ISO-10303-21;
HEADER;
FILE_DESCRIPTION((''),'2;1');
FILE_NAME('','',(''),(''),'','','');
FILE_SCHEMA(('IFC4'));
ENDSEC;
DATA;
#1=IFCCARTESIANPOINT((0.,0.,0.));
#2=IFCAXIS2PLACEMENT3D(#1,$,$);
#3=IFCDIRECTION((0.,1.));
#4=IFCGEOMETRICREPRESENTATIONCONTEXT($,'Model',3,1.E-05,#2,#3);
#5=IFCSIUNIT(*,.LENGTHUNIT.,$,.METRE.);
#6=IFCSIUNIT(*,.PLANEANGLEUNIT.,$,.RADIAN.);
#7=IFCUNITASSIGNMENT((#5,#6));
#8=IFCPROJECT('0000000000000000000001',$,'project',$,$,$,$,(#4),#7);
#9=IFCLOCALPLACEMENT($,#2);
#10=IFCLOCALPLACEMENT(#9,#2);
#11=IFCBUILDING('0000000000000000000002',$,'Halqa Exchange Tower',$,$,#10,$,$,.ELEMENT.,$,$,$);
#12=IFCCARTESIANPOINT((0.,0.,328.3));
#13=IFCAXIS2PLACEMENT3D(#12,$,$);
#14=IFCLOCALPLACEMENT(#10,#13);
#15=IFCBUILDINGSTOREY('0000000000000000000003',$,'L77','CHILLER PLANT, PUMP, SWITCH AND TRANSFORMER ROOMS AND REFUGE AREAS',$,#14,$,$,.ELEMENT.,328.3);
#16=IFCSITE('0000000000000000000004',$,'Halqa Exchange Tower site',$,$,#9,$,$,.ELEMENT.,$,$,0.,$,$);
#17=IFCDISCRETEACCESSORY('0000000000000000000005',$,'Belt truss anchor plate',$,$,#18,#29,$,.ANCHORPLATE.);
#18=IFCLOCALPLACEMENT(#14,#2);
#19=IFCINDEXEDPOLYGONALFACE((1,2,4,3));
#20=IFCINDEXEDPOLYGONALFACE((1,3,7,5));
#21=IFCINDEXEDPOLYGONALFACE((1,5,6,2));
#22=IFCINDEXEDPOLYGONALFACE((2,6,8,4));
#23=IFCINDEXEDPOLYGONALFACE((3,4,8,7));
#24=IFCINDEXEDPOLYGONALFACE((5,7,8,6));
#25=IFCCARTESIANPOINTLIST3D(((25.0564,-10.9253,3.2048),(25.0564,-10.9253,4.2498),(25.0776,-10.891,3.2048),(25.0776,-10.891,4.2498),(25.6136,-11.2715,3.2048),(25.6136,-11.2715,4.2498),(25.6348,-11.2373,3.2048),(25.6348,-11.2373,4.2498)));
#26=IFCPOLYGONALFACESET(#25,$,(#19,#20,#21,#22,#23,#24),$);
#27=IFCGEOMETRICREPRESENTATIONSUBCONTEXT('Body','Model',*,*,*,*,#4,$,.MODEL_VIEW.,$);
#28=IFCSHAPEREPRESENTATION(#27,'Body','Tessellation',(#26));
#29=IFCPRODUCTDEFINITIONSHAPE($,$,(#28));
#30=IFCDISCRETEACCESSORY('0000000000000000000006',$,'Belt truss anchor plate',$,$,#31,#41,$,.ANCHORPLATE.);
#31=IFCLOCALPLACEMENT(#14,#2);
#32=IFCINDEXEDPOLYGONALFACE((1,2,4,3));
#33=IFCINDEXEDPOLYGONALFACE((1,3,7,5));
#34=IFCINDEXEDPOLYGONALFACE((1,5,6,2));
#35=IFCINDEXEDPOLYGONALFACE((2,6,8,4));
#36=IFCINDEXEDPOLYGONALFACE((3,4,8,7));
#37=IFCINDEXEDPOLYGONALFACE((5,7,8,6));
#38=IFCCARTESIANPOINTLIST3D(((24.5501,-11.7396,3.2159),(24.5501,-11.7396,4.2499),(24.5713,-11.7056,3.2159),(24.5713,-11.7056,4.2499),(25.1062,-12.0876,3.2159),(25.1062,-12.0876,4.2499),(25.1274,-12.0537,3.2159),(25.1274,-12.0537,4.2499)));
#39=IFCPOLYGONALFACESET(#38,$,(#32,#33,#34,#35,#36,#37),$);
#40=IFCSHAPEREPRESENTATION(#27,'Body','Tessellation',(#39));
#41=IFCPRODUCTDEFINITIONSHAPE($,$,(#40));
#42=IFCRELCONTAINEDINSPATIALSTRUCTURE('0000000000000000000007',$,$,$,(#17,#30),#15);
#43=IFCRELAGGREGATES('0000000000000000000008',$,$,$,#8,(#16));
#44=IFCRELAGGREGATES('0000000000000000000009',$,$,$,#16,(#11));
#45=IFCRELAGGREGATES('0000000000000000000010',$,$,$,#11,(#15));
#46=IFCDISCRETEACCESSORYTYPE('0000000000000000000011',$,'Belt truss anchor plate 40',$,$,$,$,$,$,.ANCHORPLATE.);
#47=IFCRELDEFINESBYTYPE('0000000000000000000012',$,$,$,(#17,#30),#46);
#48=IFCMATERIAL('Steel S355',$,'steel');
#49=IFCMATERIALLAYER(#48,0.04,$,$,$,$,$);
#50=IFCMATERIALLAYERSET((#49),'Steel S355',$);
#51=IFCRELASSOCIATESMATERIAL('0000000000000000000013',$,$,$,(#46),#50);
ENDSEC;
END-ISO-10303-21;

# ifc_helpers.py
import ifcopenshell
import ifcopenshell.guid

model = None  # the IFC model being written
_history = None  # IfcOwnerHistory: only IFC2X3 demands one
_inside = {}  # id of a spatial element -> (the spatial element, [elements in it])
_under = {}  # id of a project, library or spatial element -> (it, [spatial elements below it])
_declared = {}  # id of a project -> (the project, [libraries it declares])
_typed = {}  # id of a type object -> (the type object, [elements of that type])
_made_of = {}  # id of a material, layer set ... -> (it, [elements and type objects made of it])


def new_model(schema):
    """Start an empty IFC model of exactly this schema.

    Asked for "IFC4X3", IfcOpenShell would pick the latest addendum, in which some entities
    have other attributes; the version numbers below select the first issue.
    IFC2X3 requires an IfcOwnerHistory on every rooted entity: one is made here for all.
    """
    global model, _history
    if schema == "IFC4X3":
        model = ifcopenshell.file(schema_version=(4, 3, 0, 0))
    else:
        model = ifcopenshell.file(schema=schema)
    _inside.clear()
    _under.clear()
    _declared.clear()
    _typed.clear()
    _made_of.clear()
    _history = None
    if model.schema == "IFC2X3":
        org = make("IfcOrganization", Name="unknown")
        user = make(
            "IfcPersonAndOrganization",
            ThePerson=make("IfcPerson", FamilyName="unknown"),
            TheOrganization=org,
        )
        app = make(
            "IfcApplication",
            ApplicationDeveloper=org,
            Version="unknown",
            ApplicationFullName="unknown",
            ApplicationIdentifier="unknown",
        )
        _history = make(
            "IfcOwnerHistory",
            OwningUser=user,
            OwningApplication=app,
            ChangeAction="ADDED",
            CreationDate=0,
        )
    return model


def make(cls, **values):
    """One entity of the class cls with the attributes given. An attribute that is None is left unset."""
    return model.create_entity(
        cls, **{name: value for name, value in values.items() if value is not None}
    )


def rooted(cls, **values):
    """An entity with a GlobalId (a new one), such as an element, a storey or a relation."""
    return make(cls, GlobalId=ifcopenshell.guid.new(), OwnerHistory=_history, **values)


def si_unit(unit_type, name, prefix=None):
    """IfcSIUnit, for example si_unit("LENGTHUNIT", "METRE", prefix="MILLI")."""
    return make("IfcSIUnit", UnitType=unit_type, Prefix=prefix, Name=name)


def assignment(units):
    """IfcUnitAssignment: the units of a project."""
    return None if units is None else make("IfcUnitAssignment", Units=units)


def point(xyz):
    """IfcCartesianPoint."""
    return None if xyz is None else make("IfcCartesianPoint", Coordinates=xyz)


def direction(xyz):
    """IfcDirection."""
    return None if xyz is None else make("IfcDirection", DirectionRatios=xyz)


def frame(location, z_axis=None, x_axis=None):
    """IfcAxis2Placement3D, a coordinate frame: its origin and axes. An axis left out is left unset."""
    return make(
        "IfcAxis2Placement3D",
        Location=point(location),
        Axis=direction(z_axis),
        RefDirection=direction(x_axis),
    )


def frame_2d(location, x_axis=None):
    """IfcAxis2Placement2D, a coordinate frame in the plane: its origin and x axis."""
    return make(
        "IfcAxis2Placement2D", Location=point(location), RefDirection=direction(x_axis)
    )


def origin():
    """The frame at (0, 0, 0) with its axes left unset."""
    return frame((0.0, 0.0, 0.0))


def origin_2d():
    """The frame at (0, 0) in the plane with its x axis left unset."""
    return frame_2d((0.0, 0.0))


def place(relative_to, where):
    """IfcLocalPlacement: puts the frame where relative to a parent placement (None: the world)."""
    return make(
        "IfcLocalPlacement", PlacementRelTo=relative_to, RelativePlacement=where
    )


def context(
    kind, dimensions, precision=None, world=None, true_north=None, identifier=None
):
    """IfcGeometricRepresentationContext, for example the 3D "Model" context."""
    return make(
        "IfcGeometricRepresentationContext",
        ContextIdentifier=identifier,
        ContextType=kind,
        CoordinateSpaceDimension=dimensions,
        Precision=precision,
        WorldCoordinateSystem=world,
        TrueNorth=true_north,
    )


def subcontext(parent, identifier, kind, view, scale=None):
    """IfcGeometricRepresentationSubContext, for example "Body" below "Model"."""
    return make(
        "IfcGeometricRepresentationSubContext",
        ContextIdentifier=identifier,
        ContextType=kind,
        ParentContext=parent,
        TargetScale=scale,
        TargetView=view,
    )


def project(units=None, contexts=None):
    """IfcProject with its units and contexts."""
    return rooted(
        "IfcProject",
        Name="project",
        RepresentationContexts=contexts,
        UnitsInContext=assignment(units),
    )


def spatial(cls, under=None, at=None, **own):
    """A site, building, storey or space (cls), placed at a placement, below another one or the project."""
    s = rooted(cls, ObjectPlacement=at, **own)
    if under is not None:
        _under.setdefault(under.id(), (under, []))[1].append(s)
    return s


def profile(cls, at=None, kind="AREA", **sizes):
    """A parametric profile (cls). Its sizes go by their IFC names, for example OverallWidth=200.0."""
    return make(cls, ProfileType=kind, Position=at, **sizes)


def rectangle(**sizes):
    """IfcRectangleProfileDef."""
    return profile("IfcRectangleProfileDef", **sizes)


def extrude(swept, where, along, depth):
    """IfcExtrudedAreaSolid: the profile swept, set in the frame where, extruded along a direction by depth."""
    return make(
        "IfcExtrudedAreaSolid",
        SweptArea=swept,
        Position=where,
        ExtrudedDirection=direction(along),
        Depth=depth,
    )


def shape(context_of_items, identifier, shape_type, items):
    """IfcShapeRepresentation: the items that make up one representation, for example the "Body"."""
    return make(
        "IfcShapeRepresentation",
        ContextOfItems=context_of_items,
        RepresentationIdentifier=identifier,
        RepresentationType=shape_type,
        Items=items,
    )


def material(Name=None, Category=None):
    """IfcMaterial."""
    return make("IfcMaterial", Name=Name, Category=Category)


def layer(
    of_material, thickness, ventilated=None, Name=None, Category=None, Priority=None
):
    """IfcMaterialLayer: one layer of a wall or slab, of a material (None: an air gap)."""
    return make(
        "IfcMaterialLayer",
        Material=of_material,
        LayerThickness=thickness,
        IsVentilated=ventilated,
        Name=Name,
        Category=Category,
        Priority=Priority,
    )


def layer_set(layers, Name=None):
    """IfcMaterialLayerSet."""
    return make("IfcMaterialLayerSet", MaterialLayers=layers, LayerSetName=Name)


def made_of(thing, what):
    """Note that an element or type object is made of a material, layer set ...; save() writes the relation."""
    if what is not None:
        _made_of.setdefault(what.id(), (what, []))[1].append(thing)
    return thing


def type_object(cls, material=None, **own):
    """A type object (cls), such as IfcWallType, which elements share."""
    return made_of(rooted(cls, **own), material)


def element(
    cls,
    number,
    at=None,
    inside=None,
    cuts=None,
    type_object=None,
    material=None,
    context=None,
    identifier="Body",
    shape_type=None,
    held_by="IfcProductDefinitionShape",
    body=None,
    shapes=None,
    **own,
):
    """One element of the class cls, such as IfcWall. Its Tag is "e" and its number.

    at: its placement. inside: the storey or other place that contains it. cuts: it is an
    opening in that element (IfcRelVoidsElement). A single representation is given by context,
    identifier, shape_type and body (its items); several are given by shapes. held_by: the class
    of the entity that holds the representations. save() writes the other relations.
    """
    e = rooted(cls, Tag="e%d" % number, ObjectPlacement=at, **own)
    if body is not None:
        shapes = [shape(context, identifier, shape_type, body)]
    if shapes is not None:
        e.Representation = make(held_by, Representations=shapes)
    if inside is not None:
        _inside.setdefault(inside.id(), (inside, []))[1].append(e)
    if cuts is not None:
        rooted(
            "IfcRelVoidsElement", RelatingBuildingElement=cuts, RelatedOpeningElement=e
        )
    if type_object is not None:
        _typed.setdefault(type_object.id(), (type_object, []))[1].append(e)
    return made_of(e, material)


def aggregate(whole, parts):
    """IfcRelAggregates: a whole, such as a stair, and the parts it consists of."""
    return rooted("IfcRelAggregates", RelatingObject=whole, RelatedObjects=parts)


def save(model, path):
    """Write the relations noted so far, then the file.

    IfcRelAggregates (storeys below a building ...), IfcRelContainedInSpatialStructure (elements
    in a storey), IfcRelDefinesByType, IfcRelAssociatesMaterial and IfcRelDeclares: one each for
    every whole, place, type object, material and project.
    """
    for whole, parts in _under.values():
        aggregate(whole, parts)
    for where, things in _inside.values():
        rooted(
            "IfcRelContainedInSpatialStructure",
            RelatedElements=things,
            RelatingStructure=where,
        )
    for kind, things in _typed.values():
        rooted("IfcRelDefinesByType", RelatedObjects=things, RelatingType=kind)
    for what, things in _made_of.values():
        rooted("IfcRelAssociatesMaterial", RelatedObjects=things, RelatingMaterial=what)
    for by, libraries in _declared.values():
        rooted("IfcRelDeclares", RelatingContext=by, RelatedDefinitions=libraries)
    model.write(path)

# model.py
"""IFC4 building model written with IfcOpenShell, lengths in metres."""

from ifc_helpers import new_model, si_unit, direction, frame, origin, origin_2d, place, context, subcontext, project, spatial, rectangle, extrude, material, layer, layer_set, type_object, element, save


model = new_model("IFC4")

# Units and contexts
model_context = context("Model", 3, precision=1e-05, world=origin(), true_north=direction((0.0, 1.0)))
body_context = subcontext(model_context, "Body", "Model", "MODEL_VIEW")
ifc_project = project(units=[si_unit("LENGTHUNIT", "METRE"), si_unit("PLANEANGLEUNIT", "RADIAN")], contexts=[model_context])

# Site, building, storey
site_placement = place(None, origin())
site = spatial("IfcSite", under=ifc_project, at=site_placement, Name="Halqa Exchange Tower site", CompositionType="ELEMENT", RefElevation=0.0)
building_placement = place(site_placement, origin())
building = spatial("IfcBuilding", under=site, at=building_placement, Name="Halqa Exchange Tower", CompositionType="ELEMENT")
storey_placement = place(building_placement, frame((0.0, 0.0, 328.3)))
storey = spatial("IfcBuildingStorey", under=building, at=storey_placement, Name="L77", Description="CHILLER PLANT, PUMP, SWITCH AND TRANSFORMER ROOMS AND REFUGE AREAS", CompositionType="ELEMENT", Elevation=328.3)

# Shared definitions
ifc_material_1 = material(Name="Steel S355", Category="steel")

# Discrete accessories
ifc_layer_1 = layer(ifc_material_1, 0.04)
ifc_layer_set_1 = layer_set([ifc_layer_1], Name="Steel S355")
discrete_accessory_type = type_object("IfcDiscreteAccessoryType", Name="Belt truss anchor plate 40", PredefinedType="ANCHORPLATE", material=ifc_layer_set_1)
discrete_accessory_1_placement = place(storey_placement, frame((25.335, -11.0984, 3.7273), z_axis=(0.527816, 0.849359, 0.0), x_axis=(-0.849359, 0.527816, 0.0)))
element("IfcDiscreteAccessory", 1, at=discrete_accessory_1_placement, inside=storey, type_object=discrete_accessory_type, Name="Belt truss anchor plate", PredefinedType="ANCHORPLATE", context=body_context, shape_type="SweptSolid", body=[
    extrude(rectangle(XDim=0.656, YDim=1.0449, at=origin_2d()), origin(), (0.0, 0.0, 1.0), 0.0403),
])
discrete_accessory_2_placement = place(storey_placement, frame((24.8494, -11.8796, 3.7329), z_axis=(-0.530547, -0.847656, 0.0), x_axis=(0.847656, -0.530547, 0.0)))
element("IfcDiscreteAccessory", 2, at=discrete_accessory_2_placement, inside=storey, type_object=discrete_accessory_type, Name="Belt truss anchor plate", PredefinedType="ANCHORPLATE", context=body_context, shape_type="SweptSolid", body=[
    extrude(rectangle(XDim=0.656, YDim=1.0339, at=origin_2d()), origin(), (0.0, 0.0, 1.0), 0.04),
])

save(model, "model.ifc")
